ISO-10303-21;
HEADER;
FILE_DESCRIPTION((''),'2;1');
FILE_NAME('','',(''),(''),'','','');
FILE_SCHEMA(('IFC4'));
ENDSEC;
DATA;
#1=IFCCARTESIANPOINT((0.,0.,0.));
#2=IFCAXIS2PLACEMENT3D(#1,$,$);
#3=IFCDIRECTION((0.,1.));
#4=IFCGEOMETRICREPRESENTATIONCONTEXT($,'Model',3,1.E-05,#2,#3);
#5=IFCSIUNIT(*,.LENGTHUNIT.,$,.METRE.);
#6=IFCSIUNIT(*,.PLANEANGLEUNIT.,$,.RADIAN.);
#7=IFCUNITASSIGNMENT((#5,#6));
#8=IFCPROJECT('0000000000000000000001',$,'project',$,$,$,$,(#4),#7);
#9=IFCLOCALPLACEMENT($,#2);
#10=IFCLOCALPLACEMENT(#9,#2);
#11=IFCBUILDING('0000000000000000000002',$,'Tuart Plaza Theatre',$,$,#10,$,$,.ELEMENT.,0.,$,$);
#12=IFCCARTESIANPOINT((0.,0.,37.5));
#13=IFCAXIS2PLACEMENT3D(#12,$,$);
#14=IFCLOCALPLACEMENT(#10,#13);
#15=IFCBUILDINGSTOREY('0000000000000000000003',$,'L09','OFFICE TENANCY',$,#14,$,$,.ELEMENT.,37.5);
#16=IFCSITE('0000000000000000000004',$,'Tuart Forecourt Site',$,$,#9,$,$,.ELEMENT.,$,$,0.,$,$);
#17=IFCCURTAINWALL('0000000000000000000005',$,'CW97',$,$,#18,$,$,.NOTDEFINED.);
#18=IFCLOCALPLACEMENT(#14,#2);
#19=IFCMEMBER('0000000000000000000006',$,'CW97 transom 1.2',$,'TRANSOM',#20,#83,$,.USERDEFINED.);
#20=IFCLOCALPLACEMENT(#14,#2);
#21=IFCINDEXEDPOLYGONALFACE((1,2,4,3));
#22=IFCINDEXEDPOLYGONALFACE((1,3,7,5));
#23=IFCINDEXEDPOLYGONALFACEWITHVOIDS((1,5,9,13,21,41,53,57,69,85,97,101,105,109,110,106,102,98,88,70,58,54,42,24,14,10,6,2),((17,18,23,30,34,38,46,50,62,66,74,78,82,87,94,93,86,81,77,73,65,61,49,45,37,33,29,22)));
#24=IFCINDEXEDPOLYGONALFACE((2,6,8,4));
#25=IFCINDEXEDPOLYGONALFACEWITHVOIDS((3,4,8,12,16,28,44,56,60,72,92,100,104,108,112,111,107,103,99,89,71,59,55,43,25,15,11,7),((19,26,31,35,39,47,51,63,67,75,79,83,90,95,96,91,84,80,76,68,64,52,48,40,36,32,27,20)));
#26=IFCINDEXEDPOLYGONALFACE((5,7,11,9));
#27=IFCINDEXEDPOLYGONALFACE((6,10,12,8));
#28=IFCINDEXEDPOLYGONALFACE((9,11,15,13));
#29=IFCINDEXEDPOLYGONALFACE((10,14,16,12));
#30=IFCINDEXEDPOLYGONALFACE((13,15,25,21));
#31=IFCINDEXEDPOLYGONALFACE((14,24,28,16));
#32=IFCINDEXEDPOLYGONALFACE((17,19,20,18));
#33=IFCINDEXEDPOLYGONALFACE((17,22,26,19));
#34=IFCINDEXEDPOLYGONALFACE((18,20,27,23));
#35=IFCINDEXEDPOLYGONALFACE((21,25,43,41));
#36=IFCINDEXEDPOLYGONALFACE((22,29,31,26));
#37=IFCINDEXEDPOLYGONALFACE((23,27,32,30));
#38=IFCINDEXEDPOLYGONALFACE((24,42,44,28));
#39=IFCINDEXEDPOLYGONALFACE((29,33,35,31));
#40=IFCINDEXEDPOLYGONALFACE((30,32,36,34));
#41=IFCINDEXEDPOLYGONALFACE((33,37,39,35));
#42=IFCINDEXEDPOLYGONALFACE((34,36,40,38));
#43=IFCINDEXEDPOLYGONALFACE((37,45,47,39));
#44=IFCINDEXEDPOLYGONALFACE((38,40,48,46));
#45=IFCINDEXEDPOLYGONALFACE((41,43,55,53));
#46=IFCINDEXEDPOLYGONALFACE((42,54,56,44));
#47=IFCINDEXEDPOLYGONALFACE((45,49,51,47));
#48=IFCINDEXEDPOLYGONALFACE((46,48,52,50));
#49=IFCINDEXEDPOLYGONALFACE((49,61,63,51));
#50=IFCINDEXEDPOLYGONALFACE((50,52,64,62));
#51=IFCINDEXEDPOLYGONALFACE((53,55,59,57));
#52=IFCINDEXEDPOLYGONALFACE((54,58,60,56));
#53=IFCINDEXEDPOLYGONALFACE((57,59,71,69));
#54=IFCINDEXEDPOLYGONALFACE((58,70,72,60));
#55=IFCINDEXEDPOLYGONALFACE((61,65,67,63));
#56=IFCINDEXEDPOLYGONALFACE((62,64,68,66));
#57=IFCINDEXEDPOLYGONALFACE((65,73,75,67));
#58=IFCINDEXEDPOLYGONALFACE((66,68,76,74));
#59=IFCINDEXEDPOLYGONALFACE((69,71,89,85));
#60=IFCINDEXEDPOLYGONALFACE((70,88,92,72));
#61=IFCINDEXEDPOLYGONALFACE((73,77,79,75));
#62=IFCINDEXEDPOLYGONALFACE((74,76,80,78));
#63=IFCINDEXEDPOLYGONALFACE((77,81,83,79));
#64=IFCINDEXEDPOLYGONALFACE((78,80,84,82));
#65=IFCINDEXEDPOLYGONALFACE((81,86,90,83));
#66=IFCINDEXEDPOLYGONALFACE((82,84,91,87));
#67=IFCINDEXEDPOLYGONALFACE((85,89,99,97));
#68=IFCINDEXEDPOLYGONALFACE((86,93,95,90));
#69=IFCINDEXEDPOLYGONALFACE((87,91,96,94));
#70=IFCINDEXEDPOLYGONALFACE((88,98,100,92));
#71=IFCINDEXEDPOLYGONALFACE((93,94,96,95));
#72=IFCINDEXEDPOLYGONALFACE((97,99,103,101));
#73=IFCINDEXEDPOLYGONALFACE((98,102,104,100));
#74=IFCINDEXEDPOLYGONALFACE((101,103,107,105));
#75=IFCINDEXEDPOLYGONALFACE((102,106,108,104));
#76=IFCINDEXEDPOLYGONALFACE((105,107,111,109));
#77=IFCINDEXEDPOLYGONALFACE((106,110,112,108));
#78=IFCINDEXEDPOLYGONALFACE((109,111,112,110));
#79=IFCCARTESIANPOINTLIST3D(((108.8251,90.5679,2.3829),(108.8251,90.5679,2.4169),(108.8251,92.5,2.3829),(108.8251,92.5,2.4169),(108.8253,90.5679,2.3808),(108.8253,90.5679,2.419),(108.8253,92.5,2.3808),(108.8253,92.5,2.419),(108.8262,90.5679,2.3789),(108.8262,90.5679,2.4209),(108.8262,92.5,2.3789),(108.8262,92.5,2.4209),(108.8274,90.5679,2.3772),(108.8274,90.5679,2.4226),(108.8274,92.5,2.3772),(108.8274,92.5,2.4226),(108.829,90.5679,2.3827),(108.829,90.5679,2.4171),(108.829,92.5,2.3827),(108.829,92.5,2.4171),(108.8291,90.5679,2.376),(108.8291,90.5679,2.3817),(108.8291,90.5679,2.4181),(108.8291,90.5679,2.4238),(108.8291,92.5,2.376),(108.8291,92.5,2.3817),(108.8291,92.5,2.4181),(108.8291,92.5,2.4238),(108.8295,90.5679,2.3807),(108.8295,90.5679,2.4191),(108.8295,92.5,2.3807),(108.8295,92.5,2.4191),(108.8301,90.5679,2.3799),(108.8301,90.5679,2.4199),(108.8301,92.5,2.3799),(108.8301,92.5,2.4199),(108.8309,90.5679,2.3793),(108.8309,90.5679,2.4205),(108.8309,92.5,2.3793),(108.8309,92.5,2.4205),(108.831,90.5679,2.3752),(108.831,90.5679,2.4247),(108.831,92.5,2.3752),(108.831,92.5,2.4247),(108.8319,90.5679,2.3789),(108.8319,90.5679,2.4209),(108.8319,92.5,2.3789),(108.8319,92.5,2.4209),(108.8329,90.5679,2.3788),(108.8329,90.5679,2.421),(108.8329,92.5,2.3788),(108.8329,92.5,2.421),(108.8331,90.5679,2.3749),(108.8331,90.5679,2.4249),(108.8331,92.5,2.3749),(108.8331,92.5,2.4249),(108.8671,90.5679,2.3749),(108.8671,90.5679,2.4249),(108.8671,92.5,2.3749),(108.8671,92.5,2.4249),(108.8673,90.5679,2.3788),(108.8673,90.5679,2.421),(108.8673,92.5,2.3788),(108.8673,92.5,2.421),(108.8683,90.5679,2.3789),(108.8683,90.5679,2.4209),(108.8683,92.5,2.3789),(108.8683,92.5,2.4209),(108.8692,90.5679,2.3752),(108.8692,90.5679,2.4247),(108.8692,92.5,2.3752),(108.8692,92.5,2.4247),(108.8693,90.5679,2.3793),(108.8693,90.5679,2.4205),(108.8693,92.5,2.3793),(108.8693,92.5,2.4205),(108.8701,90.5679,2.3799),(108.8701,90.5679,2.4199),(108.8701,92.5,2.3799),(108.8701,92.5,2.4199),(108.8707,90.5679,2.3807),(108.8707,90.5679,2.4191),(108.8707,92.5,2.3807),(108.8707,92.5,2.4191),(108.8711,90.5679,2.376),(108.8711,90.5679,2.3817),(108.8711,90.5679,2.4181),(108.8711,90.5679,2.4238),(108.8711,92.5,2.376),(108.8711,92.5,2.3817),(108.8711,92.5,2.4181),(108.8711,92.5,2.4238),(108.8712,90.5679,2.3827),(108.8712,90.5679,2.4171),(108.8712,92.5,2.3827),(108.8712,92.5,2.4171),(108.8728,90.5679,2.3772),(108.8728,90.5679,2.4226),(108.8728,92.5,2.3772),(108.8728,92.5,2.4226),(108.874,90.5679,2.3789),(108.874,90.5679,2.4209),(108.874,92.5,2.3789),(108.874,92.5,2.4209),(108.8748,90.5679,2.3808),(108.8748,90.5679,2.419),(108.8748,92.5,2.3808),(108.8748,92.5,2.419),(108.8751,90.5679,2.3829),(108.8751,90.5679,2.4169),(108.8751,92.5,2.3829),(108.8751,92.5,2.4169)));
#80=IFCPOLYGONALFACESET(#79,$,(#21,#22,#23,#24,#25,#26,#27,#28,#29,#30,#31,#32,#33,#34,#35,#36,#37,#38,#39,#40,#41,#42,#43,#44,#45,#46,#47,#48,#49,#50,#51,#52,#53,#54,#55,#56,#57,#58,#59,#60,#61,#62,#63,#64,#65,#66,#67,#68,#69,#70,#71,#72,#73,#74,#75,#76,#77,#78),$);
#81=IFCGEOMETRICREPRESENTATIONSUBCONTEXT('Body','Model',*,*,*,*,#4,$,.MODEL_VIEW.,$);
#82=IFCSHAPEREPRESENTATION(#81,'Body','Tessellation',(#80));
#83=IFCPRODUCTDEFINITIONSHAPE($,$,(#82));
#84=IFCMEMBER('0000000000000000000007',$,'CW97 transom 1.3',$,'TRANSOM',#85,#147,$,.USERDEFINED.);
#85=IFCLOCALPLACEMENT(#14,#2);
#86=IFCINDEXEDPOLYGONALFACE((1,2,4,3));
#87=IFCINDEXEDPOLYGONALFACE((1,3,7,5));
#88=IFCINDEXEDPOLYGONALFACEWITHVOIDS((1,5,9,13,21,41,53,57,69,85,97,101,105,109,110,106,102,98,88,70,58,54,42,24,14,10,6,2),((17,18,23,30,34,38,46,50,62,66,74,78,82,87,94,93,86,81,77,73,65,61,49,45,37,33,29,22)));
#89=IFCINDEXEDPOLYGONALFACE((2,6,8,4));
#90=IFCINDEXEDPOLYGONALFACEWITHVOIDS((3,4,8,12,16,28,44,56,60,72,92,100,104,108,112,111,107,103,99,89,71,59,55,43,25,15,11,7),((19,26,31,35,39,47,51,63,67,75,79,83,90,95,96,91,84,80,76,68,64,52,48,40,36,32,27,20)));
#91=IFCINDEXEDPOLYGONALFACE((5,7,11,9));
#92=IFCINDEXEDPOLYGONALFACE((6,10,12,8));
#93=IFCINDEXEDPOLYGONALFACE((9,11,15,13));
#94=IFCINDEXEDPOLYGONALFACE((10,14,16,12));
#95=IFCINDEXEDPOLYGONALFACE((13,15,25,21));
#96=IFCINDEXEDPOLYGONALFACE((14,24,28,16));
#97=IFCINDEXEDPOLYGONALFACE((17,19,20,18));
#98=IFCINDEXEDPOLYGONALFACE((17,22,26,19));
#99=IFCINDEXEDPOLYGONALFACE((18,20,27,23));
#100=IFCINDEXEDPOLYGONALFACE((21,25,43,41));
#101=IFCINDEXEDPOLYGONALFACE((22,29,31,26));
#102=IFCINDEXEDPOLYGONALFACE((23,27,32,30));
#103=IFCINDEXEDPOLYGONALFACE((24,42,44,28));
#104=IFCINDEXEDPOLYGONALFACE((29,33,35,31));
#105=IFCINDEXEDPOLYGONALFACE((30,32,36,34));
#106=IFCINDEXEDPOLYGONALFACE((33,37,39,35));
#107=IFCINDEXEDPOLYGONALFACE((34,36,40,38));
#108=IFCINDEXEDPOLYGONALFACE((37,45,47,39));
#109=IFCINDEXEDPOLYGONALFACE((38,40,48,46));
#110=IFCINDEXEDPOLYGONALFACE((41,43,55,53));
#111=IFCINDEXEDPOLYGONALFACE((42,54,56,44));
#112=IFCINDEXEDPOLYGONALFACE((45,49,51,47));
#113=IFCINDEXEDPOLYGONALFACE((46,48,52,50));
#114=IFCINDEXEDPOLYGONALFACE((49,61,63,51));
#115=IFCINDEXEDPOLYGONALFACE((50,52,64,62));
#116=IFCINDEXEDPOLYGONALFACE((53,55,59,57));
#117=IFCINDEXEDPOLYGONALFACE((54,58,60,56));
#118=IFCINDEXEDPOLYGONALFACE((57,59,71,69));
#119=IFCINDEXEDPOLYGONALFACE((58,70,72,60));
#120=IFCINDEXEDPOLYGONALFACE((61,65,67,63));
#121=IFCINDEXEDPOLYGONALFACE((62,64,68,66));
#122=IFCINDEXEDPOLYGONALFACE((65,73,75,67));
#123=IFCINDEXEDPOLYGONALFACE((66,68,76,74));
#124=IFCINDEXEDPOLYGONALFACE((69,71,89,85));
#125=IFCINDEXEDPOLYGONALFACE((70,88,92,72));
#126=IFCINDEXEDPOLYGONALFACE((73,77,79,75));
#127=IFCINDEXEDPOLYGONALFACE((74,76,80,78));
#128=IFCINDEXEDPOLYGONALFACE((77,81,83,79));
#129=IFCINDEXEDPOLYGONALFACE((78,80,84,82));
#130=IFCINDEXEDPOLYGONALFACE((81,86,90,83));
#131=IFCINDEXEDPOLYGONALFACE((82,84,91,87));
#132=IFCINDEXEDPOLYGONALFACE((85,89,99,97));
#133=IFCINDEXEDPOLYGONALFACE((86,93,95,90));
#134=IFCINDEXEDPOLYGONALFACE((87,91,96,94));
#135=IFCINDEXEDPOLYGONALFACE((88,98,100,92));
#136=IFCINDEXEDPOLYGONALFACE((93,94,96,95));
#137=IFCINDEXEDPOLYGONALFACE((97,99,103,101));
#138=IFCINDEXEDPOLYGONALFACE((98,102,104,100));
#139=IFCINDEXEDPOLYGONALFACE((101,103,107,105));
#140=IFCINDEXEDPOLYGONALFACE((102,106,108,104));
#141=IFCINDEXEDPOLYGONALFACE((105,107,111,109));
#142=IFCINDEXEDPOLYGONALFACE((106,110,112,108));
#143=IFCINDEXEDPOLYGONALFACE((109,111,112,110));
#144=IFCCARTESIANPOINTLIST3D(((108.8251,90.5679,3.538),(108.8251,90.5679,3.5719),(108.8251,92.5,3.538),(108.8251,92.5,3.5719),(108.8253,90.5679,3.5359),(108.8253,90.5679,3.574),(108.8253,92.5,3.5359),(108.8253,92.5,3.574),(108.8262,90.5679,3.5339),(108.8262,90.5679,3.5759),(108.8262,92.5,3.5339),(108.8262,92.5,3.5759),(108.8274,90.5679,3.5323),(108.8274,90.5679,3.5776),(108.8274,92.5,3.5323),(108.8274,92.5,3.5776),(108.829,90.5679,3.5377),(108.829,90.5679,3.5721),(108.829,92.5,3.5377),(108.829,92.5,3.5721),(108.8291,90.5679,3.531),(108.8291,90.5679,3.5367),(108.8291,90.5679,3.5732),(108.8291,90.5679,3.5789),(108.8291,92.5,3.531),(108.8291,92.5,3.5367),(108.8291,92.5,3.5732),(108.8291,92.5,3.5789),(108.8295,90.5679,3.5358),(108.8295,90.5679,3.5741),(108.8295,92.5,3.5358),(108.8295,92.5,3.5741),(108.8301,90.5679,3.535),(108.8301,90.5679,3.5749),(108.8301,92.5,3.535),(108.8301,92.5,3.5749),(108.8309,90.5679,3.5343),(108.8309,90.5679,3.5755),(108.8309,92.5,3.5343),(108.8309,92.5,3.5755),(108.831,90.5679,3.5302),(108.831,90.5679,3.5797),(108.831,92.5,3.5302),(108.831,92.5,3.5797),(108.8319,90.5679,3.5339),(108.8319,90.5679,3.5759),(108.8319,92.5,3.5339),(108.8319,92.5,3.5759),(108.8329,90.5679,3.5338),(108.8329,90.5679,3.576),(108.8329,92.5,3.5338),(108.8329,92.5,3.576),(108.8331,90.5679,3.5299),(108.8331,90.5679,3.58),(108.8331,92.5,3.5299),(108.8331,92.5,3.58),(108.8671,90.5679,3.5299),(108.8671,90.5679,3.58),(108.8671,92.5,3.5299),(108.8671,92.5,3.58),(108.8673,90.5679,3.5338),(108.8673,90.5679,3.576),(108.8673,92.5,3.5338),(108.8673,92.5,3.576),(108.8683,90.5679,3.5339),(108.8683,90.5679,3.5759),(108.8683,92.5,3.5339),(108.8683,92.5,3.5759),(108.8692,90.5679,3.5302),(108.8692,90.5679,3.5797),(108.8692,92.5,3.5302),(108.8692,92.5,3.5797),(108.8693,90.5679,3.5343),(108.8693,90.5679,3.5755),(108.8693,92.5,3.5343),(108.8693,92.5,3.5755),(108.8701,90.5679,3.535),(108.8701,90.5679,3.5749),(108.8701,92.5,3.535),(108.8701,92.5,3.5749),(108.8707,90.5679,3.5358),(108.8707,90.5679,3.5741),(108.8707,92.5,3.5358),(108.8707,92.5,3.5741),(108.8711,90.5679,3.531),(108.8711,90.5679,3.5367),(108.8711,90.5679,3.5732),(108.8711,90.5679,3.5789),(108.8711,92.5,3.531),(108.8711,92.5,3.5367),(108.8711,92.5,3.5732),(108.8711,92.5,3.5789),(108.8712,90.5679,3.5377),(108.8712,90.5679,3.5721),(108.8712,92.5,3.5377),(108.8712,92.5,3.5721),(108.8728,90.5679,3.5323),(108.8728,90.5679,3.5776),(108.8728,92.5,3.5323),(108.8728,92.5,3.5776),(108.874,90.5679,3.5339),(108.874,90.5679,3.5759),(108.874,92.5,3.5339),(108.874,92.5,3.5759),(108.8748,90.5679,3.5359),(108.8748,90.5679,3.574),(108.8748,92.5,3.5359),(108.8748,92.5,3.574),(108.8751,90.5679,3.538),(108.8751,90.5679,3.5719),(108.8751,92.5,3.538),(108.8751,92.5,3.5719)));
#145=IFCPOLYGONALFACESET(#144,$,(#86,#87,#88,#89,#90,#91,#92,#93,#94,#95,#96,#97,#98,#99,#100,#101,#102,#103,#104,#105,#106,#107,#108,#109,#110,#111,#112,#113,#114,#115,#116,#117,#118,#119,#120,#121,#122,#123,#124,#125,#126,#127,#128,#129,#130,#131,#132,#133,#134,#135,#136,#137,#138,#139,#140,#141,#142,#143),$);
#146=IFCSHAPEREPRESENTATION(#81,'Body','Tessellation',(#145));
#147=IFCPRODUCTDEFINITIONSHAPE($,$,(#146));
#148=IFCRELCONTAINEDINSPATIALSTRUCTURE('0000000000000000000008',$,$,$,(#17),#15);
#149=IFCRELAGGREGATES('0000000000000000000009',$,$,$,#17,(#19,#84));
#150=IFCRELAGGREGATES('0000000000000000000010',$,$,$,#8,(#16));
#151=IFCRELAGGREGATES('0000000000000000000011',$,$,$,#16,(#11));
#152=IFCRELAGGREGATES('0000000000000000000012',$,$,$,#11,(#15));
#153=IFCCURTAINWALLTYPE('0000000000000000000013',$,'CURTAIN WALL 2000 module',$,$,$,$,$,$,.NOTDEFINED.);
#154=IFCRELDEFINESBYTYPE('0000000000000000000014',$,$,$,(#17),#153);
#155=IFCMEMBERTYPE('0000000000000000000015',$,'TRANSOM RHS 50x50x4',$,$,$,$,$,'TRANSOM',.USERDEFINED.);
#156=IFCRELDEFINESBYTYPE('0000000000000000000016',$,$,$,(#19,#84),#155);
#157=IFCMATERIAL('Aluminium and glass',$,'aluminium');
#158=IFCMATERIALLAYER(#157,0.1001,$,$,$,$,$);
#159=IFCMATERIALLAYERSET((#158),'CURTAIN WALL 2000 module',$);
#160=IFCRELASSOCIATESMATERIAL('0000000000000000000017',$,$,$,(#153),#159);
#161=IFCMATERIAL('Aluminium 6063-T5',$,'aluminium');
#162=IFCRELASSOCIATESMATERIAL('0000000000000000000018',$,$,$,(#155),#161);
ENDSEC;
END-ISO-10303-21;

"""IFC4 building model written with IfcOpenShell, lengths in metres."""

from ifc_helpers import new_model, si_unit, direction, frame, origin, origin_2d, place, context, subcontext, project, spatial, hollow_rectangle, extrude, material, layer, layer_set, material_profile, profile_set, type_object, element, aggregate, save


model = new_model("IFC4")

# Units and contexts
model_context = context("Model", 3, precision=1e-05, world=origin(), true_north=direction((0.0, 1.0)))
body_context = subcontext(model_context, "Body", "Model", "MODEL_VIEW")
ifc_project = project(units=[si_unit("LENGTHUNIT", "METRE"), si_unit("PLANEANGLEUNIT", "RADIAN")], contexts=[model_context])

# Site, building, storey
site_placement = place(None, origin())
site = spatial("IfcSite", under=ifc_project, at=site_placement, Name="Tuart Forecourt Site", CompositionType="ELEMENT", RefElevation=0.0)
building_placement = place(site_placement, origin())
building = spatial("IfcBuilding", under=site, at=building_placement, Name="Tuart Plaza Theatre", CompositionType="ELEMENT", ElevationOfRefHeight=0.0)
storey_placement = place(building_placement, frame((0.0, 0.0, 37.5)))
storey = spatial("IfcBuildingStorey", under=building, at=storey_placement, Name="L09", Description="OFFICE TENANCY", CompositionType="ELEMENT", Elevation=37.5)

# Curtain wall, members
ifc_material_1 = material(Name="Aluminium and glass", Category="aluminium")
ifc_layer_1 = layer(ifc_material_1, 0.1001)
ifc_layer_set_1 = layer_set([ifc_layer_1], Name="CURTAIN WALL 2000 module")
curtain_wall_type = type_object("IfcCurtainWallType", Name="CURTAIN WALL 2000 module", PredefinedType="NOTDEFINED", material=ifc_layer_set_1)
curtain_wall_placement = place(storey_placement, origin())
curtain_wall = element("IfcCurtainWall", 1, at=curtain_wall_placement, inside=storey, type_object=curtain_wall_type, Name="CW97", PredefinedType="NOTDEFINED")
ifc_material_2 = material(Name="Aluminium 6063-T5", Category="aluminium")
ifc_material_profile_1 = material_profile(ifc_material_2, hollow_rectangle(XDim=0.05, YDim=0.05, WallThickness=0.0039, InnerFilletRadius=0.0039, OuterFilletRadius=0.0081, at=origin_2d()), Name="RHS 50x50x4")
ifc_profile_set_1 = profile_set([ifc_material_profile_1], Name="Aluminium 6063-T5")
member_type_1 = type_object("IfcMemberType", Name="TRANSOM RHS 50x50x4", ElementType="TRANSOM", PredefinedType="USERDEFINED", material=ifc_profile_set_1)
member_1_placement = place(storey_placement, frame((108.8501, 92.5, 2.3999), z_axis=(0.0, -1.0, 0.0), x_axis=(1.0, 0.0, 0.0)))
member_1 = element("IfcMember", 2, at=member_1_placement, type_object=member_type_1, Name="CW97 transom 1.2", ObjectType="TRANSOM", PredefinedType="USERDEFINED", context=body_context, shape_type="SweptSolid", body=[
    extrude(hollow_rectangle(XDim=0.05, YDim=0.05, WallThickness=0.0039, InnerFilletRadius=0.0039, OuterFilletRadius=0.0081, at=origin_2d()), origin(), (0.0, 0.0, 1.0), 1.9321),
])
member_2_placement = place(storey_placement, frame((108.8501, 92.5, 3.5549), z_axis=(0.0, -1.0, 0.0), x_axis=(1.0, 0.0, 0.0)))
member_2 = element("IfcMember", 3, at=member_2_placement, type_object=member_type_1, Name="CW97 transom 1.3", ObjectType="TRANSOM", PredefinedType="USERDEFINED", context=body_context, shape_type="SweptSolid", body=[
    extrude(hollow_rectangle(XDim=0.05, YDim=0.05, WallThickness=0.0039, InnerFilletRadius=0.0039, OuterFilletRadius=0.0081, at=origin_2d()), origin(), (0.0, 0.0, 1.0), 1.9321),
])
aggregate(curtain_wall, [member_1, member_2])

save(model, "model.ifc")
